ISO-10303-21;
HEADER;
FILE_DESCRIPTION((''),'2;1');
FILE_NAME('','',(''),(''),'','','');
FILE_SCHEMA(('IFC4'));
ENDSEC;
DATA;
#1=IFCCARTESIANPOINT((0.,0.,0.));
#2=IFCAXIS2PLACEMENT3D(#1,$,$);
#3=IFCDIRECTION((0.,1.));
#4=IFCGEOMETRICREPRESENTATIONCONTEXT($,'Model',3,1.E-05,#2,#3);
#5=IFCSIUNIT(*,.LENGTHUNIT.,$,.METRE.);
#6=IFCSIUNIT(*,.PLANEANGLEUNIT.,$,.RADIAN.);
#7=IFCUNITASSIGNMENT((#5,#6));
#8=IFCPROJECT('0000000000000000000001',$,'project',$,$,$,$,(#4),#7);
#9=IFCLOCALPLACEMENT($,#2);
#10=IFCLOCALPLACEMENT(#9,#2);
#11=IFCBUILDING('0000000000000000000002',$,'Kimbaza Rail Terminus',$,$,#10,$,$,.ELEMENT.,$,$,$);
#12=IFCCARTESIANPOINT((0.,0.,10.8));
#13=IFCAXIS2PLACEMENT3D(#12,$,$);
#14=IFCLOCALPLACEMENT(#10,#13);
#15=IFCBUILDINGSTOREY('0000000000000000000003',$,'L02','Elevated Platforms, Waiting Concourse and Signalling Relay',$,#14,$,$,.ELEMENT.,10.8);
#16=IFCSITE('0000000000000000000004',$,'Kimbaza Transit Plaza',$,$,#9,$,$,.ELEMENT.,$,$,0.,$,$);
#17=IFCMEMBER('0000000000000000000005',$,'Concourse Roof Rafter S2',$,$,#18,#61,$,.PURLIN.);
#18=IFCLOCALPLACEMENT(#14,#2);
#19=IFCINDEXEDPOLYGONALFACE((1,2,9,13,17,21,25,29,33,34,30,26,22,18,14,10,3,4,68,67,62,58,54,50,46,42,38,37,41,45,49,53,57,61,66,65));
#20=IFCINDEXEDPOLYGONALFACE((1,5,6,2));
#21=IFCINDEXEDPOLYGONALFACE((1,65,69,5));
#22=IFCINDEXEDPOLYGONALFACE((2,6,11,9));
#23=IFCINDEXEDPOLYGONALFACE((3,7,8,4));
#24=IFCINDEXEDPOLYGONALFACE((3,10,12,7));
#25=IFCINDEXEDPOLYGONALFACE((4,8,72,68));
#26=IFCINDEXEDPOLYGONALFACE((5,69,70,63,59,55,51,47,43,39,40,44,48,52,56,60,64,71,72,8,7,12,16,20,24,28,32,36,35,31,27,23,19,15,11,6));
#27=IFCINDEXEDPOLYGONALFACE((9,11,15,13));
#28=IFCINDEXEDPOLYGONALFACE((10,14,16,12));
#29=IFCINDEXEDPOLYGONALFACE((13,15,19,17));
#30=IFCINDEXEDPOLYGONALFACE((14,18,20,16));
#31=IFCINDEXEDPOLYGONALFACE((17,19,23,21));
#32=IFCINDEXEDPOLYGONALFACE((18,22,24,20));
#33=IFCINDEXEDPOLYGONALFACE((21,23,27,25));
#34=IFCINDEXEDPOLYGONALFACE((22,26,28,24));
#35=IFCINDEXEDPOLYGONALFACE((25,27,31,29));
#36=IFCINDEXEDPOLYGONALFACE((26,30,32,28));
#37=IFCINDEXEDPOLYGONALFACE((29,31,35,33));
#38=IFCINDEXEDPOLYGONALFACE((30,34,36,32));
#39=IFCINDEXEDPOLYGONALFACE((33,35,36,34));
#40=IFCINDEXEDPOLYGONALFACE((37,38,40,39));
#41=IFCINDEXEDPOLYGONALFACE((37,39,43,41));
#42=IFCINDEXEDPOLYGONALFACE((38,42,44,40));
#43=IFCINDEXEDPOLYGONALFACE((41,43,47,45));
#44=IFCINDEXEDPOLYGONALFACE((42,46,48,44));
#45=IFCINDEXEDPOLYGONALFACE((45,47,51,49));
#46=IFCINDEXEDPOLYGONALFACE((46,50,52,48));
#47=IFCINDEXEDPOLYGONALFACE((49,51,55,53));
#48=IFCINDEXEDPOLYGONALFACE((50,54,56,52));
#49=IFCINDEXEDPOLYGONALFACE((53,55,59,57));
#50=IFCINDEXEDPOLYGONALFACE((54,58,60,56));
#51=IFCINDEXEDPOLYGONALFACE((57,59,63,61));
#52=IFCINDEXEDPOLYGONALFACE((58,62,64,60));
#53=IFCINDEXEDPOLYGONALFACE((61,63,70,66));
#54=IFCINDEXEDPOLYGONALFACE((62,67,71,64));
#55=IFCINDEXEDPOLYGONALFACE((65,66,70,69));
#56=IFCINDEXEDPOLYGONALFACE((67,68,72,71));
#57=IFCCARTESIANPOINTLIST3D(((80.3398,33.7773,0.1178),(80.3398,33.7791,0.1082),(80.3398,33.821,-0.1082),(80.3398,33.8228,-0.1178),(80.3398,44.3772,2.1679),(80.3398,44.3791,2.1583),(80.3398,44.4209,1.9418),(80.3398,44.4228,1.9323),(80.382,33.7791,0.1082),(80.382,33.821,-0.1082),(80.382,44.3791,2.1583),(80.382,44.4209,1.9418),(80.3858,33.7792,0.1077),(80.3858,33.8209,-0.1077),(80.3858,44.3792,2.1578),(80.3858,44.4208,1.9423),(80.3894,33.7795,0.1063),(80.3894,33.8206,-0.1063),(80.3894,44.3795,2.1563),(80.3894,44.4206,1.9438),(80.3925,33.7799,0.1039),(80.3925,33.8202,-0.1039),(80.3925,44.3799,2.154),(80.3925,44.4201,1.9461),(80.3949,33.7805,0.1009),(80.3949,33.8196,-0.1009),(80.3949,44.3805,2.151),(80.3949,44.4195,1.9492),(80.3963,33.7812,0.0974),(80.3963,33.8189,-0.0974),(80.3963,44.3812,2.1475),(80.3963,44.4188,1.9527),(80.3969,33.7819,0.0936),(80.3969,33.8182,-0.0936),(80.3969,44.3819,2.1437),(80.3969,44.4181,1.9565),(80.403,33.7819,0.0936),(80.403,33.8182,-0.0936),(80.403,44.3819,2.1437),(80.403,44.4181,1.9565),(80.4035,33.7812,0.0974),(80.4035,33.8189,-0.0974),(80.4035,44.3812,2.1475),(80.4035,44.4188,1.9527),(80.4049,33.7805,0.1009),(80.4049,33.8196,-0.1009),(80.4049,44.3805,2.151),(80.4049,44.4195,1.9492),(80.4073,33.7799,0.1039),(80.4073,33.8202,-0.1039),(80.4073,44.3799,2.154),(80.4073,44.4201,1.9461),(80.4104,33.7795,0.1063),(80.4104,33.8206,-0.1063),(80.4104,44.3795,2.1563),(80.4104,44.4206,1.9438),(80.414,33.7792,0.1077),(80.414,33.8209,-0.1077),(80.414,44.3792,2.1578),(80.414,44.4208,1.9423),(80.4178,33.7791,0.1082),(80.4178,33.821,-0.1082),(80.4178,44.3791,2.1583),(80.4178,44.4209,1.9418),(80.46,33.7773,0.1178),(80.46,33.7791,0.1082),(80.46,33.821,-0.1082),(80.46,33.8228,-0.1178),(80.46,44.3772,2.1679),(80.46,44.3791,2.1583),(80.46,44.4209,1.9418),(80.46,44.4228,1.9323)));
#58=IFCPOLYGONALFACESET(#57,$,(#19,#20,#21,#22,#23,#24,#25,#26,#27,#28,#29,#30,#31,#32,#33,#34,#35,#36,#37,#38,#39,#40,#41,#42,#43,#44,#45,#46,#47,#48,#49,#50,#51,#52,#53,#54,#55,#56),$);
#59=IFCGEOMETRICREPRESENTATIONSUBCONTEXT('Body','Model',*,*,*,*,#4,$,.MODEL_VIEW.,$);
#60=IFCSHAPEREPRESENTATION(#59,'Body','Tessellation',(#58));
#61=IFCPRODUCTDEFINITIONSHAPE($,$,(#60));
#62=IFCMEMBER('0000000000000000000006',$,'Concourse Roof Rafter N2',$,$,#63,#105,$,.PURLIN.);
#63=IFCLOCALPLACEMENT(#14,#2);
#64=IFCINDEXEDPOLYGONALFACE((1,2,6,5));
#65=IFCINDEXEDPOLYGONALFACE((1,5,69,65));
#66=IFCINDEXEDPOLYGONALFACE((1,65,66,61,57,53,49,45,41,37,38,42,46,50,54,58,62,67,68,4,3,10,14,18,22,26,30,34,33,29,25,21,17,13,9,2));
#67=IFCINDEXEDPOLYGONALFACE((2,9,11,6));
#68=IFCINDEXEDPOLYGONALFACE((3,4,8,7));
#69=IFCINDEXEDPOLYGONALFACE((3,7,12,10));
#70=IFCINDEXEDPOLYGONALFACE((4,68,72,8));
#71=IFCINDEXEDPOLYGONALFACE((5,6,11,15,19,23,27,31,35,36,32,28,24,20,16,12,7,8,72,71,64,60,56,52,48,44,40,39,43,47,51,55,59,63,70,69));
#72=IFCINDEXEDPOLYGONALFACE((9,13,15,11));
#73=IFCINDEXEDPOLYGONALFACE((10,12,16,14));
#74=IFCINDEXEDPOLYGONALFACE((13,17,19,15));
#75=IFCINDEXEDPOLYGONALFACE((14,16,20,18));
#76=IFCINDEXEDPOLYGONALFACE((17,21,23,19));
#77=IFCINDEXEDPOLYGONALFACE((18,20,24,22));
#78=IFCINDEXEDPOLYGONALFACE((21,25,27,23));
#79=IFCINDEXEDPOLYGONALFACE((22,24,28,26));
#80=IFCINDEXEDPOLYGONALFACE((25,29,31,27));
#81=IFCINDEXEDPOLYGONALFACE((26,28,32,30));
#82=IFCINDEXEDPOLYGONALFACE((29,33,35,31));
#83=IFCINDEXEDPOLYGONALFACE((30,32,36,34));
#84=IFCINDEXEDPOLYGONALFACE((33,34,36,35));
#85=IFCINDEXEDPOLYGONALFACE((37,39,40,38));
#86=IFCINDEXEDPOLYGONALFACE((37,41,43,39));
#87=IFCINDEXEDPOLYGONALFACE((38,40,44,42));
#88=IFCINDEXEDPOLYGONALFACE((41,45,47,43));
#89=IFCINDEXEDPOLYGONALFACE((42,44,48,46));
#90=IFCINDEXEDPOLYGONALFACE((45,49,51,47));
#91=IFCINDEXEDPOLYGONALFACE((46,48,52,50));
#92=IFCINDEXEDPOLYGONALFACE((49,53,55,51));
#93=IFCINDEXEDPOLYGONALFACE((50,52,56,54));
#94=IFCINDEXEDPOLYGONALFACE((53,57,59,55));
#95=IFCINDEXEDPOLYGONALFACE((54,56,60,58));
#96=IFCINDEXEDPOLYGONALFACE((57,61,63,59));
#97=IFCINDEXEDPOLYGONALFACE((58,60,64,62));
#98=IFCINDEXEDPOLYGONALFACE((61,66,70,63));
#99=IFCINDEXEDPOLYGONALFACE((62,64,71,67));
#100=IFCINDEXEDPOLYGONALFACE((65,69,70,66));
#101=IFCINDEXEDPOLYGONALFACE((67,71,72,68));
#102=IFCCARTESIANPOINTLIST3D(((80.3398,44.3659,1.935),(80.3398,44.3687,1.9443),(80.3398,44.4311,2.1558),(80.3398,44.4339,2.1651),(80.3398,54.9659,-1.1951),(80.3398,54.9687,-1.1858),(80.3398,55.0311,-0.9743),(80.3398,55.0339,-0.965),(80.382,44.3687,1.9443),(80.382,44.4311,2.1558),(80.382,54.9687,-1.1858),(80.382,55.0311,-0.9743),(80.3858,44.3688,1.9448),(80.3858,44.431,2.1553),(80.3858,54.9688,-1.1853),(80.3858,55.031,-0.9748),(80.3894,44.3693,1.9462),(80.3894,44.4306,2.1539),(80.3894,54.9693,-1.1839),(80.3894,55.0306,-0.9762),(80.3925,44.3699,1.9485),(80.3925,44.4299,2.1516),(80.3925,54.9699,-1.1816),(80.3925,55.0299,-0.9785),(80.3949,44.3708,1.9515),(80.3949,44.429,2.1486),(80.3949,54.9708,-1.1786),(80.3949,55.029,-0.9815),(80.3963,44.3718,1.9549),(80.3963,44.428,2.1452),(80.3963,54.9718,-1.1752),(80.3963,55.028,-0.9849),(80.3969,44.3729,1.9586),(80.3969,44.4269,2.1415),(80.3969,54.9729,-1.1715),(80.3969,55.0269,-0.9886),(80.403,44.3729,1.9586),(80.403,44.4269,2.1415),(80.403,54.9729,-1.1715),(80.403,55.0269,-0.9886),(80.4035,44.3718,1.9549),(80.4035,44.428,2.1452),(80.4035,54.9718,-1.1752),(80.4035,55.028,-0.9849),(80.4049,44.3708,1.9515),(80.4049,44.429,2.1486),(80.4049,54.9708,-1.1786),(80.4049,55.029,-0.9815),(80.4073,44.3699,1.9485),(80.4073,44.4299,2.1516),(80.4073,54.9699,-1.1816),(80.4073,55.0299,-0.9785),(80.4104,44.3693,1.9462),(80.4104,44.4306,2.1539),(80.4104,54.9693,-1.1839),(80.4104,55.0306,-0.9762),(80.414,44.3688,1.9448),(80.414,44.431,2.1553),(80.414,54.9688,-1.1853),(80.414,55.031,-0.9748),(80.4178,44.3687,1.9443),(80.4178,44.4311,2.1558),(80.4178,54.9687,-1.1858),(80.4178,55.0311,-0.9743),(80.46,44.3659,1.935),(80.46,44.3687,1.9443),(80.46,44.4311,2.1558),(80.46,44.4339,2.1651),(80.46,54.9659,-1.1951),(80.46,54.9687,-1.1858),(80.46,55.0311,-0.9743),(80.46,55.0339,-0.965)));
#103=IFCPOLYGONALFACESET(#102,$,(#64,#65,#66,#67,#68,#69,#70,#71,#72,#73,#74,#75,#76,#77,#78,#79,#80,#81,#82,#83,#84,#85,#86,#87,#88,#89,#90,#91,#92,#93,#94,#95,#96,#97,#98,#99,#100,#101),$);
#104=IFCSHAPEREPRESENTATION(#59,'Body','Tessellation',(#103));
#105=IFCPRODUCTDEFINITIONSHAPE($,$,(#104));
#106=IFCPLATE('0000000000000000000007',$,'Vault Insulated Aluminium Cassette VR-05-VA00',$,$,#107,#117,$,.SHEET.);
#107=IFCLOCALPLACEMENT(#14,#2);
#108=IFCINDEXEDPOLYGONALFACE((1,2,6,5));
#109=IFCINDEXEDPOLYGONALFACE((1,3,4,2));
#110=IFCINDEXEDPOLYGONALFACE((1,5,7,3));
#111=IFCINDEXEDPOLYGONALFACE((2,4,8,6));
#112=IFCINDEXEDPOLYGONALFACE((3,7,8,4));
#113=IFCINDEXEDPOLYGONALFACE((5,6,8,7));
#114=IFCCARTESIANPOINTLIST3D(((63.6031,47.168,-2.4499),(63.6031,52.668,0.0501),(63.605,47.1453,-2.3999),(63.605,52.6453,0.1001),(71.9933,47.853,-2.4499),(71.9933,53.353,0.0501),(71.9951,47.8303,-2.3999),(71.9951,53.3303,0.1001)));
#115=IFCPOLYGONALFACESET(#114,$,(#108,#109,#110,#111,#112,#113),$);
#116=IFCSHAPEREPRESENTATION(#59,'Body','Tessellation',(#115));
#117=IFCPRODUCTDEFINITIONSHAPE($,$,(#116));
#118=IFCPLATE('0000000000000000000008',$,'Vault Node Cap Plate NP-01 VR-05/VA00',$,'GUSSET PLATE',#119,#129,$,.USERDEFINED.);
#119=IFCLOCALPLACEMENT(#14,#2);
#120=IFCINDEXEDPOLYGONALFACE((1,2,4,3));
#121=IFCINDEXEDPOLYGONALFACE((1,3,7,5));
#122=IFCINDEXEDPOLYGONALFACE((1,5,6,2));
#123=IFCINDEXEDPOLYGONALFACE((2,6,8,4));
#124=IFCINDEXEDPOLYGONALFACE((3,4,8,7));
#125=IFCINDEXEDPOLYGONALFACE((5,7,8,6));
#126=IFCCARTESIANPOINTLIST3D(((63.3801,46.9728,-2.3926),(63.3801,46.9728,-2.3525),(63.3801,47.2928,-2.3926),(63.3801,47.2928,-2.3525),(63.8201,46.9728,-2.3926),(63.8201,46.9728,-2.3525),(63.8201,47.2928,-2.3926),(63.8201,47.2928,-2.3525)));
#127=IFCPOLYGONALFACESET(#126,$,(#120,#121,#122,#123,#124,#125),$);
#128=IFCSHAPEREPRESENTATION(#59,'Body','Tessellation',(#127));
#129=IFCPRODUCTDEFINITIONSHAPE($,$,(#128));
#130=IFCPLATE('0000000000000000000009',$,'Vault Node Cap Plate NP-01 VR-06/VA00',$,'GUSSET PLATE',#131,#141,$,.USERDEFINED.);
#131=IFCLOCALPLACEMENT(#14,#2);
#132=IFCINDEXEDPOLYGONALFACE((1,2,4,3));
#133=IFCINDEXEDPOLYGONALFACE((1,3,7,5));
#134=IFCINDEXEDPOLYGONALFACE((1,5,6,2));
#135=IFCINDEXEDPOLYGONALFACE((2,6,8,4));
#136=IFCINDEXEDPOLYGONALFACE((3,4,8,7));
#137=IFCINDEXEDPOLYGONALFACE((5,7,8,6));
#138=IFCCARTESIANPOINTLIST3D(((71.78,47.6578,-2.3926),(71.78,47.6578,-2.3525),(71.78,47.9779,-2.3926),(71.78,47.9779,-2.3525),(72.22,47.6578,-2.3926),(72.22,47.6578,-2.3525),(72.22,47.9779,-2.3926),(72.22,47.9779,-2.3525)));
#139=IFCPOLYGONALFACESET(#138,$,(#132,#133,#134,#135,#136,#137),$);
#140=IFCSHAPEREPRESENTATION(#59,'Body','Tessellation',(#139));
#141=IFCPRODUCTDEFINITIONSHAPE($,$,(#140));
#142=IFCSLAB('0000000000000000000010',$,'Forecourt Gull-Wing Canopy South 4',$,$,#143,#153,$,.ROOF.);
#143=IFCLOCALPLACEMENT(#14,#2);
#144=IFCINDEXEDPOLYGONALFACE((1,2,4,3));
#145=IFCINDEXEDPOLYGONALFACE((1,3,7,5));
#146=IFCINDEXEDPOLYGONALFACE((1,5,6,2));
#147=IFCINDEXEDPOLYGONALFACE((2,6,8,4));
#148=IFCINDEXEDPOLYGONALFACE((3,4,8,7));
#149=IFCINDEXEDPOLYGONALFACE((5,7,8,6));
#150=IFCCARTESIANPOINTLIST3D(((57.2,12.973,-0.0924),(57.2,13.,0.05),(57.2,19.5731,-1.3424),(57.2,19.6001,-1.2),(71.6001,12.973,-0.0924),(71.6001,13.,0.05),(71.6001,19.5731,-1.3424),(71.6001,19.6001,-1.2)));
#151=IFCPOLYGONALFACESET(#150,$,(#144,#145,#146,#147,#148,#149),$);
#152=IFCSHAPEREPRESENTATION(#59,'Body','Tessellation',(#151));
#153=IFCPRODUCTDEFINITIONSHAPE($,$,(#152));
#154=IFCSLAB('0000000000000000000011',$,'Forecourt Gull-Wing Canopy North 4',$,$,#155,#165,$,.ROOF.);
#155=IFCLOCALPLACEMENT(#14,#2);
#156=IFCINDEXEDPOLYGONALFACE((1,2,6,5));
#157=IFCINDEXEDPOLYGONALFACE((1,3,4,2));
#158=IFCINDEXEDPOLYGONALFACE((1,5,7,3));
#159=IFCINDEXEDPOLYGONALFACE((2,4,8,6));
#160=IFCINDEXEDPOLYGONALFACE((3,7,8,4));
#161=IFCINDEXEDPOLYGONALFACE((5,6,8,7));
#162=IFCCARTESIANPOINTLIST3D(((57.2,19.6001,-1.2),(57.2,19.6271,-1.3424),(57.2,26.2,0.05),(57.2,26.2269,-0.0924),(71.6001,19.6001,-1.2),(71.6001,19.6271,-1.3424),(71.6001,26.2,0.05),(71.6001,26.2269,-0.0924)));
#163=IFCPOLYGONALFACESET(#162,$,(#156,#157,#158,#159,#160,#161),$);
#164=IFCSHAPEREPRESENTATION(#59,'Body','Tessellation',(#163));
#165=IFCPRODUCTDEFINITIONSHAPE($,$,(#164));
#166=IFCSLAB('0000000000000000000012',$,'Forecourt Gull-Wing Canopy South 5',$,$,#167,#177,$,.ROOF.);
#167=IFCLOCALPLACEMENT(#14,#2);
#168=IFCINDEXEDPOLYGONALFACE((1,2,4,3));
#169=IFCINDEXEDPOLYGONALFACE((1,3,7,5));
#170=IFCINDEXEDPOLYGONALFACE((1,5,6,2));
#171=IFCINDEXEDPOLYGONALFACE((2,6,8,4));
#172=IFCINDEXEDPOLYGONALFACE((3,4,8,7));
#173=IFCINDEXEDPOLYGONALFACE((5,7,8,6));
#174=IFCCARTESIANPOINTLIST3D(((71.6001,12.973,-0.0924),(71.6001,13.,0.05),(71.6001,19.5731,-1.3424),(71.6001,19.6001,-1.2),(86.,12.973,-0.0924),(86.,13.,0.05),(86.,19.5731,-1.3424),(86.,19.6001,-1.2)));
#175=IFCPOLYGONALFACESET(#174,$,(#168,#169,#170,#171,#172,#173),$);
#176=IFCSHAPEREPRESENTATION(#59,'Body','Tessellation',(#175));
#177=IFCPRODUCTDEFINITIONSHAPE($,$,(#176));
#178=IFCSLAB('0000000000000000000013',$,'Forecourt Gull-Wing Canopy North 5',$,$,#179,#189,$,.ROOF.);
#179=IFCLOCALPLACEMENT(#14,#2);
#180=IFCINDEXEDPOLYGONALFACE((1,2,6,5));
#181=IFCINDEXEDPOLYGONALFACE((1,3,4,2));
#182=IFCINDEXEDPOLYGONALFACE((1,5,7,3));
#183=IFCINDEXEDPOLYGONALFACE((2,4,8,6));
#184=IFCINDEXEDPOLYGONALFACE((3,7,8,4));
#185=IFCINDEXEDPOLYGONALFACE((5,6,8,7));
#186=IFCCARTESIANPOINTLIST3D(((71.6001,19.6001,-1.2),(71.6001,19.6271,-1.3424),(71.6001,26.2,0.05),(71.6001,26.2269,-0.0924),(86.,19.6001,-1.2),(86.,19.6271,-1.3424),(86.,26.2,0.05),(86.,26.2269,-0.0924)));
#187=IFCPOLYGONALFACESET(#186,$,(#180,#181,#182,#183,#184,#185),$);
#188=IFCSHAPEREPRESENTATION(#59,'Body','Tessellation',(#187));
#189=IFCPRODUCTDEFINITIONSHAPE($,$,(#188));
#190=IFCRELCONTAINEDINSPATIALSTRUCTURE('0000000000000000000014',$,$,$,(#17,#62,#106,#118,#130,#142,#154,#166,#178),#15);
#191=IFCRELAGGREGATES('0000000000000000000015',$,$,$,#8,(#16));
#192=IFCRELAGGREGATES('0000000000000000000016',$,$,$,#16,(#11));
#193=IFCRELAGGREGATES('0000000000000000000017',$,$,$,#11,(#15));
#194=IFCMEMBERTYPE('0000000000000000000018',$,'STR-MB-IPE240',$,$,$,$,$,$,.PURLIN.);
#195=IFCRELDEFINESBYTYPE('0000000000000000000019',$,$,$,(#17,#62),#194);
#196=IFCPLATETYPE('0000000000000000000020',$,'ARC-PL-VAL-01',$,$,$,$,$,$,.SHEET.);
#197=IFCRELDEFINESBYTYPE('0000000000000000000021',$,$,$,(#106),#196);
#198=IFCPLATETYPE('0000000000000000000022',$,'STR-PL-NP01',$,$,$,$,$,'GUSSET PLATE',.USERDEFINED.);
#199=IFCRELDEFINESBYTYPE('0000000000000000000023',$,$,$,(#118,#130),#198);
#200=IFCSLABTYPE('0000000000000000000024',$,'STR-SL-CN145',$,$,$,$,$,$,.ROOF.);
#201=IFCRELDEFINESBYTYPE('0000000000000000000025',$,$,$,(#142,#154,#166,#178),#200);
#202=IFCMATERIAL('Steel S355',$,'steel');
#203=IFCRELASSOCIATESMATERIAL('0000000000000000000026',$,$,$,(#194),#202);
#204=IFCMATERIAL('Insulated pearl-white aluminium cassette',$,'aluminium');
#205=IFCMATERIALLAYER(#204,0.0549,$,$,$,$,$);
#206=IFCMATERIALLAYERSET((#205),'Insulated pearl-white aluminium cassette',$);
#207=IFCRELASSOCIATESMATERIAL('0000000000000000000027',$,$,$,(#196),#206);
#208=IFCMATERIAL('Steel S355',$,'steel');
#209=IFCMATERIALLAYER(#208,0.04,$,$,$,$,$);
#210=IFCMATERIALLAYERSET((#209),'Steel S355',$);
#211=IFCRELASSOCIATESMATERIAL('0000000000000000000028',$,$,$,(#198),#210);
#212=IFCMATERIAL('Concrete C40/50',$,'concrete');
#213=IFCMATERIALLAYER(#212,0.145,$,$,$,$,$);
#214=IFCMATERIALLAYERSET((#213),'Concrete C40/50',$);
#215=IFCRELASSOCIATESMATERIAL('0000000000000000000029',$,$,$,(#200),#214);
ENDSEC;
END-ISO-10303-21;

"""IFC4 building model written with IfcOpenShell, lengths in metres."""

from ifc_helpers import new_model, si_unit, direction, frame, origin, origin_2d, place, context, subcontext, project, spatial, polyline, rectangle, i_section, outline, extrude, material, layer, layer_set, material_profile, profile_set, type_object, element, save


model = new_model("IFC4")

# Units and contexts
model_context = context("Model", 3, precision=1e-05, world=origin(), true_north=direction((0.0, 1.0)))
body_context = subcontext(model_context, "Body", "Model", "MODEL_VIEW")
ifc_project = project(units=[si_unit("LENGTHUNIT", "METRE"), si_unit("PLANEANGLEUNIT", "RADIAN")], contexts=[model_context])

# Site, building, storey
site_placement = place(None, origin())
site = spatial("IfcSite", under=ifc_project, at=site_placement, Name="Kimbaza Transit Plaza", CompositionType="ELEMENT", RefElevation=0.0)
building_placement = place(site_placement, origin())
building = spatial("IfcBuilding", under=site, at=building_placement, Name="Kimbaza Rail Terminus", CompositionType="ELEMENT")
storey_placement = place(building_placement, frame((0.0, 0.0, 10.8)))
storey = spatial("IfcBuildingStorey", under=building, at=storey_placement, Name="L02", Description="Elevated Platforms, Waiting Concourse and Signalling Relay", CompositionType="ELEMENT", Elevation=10.8)

# Members
ifc_material_1 = material(Name="Steel S355", Category="steel")
ifc_material_profile_1 = material_profile(ifc_material_1, i_section(OverallWidth=0.1201, OverallDepth=0.24, WebThickness=0.0061, FlangeThickness=0.0098, FilletRadius=0.0149, at=origin_2d()), Name="IPE 240")
ifc_profile_set_1 = profile_set([ifc_material_profile_1], Name="Steel S355")
member_type_1 = type_object("IfcMemberType", Name="STR-MB-IPE240", PredefinedType="PURLIN", material=ifc_profile_set_1)
member_1_placement = place(storey_placement, frame((80.3999, 33.8, 0.0), z_axis=(0.0, 0.981806, 0.189885), x_axis=(-1.0, 0.0, 0.0)))
element("IfcMember", 1, at=member_1_placement, inside=storey, type_object=member_type_1, Name="Concourse Roof Rafter S2", PredefinedType="PURLIN", context=body_context, shape_type="SweptSolid", body=[
    extrude(i_section(OverallWidth=0.1201, OverallDepth=0.24, WebThickness=0.0061, FlangeThickness=0.0098, FilletRadius=0.0149, at=origin_2d()), origin(), (0.0, 0.0, 1.0), 10.7964),
])
member_2_placement = place(storey_placement, frame((80.3999, 44.3999, 2.05), z_axis=(0.0, 0.95906, -0.283203), x_axis=(-1.0, 0.0, 0.0)))
element("IfcMember", 2, at=member_2_placement, inside=storey, type_object=member_type_1, Name="Concourse Roof Rafter N2", PredefinedType="PURLIN", context=body_context, shape_type="SweptSolid", body=[
    extrude(i_section(OverallWidth=0.1201, OverallDepth=0.24, WebThickness=0.0061, FlangeThickness=0.0098, FilletRadius=0.0149, at=origin_2d()), origin(), (0.0, 0.0, 1.0), 11.0525),
])

# Plates
ifc_material_2 = material(Name="Insulated pearl-white aluminium cassette", Category="aluminium")
ifc_layer_1 = layer(ifc_material_2, 0.0549)
ifc_layer_set_1 = layer_set([ifc_layer_1], Name="Insulated pearl-white aluminium cassette")
plate_type_1 = type_object("IfcPlateType", Name="ARC-PL-VAL-01", PredefinedType="SHEET", material=ifc_layer_set_1)
plate_placement = place(storey_placement, frame((63.605, 47.1453, -2.3999), z_axis=(0.033768, -0.413567, 0.909847), x_axis=(0.996683, 0.08138, 0.0)))
element("IfcPlate", 3, at=plate_placement, inside=storey, type_object=plate_type_1, Name="Vault Insulated Aluminium Cassette VR-05-VA00", PredefinedType="SHEET", context=body_context, shape_type="SweptSolid", body=[
    extrude(outline(polyline([(0.0, 0.0), (8.4181, 0.0), (8.8656, 6.0249), (0.4476, 6.0249), (0.0, 0.0)])), origin(), (0.0, 0.0, -1.0), 0.0549),
])
ifc_material_3 = material(Name="Steel S355", Category="steel")
ifc_layer_2 = layer(ifc_material_3, 0.04)
ifc_layer_set_2 = layer_set([ifc_layer_2], Name="Steel S355")
plate_type_2 = type_object("IfcPlateType", Name="STR-PL-NP01", ElementType="GUSSET PLATE", PredefinedType="USERDEFINED", material=ifc_layer_set_2)
for number, where, z_axis, x_axis, name in (
    (4, (63.6001, 47.1328, -2.3926), (0.0, 0.0, 1.0), (1.0, 0.0, 0.0), "Vault Node Cap Plate NP-01 VR-05/VA00"),
    (5, (72.0, 47.8179, -2.3926), (0.0, 0.0, 1.0), (1.0, 0.0, 0.0), "Vault Node Cap Plate NP-01 VR-06/VA00"),
):
    element("IfcPlate", number, at=place(storey_placement, frame(where, z_axis=z_axis, x_axis=x_axis)), inside=storey, type_object=plate_type_2, Name=name, ObjectType="GUSSET PLATE", PredefinedType="USERDEFINED", context=body_context, shape_type="SweptSolid", body=[
        extrude(rectangle(XDim=0.4399, YDim=0.3201, at=origin_2d()), origin(), (0.0, 0.0, 1.0), 0.04),
    ])

# Slabs
ifc_material_4 = material(Name="Concrete C40/50", Category="concrete")
ifc_layer_3 = layer(ifc_material_4, 0.145)
ifc_layer_set_3 = layer_set([ifc_layer_3], Name="Concrete C40/50")
slab_type_1 = type_object("IfcSlabType", Name="STR-SL-CN145", PredefinedType="ROOF", material=ifc_layer_set_3)
slab_1_placement = place(storey_placement, frame((57.2, 13.0, 0.05), z_axis=(0.0, 0.186083, 0.982534), x_axis=(1.0, 0.0, 0.0)))
element("IfcSlab", 6, at=slab_1_placement, inside=storey, type_object=slab_type_1, Name="Forecourt Gull-Wing Canopy South 4", PredefinedType="ROOF", context=body_context, shape_type="SweptSolid", body=[
    extrude(outline(polyline([(0.0, 0.0), (14.4001, 0.0), (14.4001, 6.7174), (0.0, 6.7174), (0.0, 0.0)])), origin(), (0.0, 0.0, -1.0), 0.145),
])
slab_2_placement = place(storey_placement, frame((57.2, 19.6001, -1.2), z_axis=(0.0, -0.18609, 0.982533), x_axis=(1.0, 0.0, 0.0)))
element("IfcSlab", 7, at=slab_2_placement, inside=storey, type_object=slab_type_1, Name="Forecourt Gull-Wing Canopy North 4", PredefinedType="ROOF", context=body_context, shape_type="SweptSolid", body=[
    extrude(outline(polyline([(0.0, 0.0), (14.4001, 0.0), (14.4001, 6.7172), (0.0, 6.7172), (0.0, 0.0)])), origin(), (0.0, 0.0, -1.0), 0.145),
])
slab_3_placement = place(storey_placement, frame((71.6001, 13.0, 0.05), z_axis=(0.0, 0.186083, 0.982534), x_axis=(1.0, 0.0, 0.0)))
element("IfcSlab", 8, at=slab_3_placement, inside=storey, type_object=slab_type_1, Name="Forecourt Gull-Wing Canopy South 5", PredefinedType="ROOF", context=body_context, shape_type="SweptSolid", body=[
    extrude(outline(polyline([(0.0, 0.0), (14.3999, 0.0), (14.3999, 6.7174), (0.0, 6.7174), (0.0, 0.0)])), origin(), (0.0, 0.0, -1.0), 0.145),
])
slab_4_placement = place(storey_placement, frame((71.6001, 19.6001, -1.2), z_axis=(0.0, -0.18609, 0.982533), x_axis=(1.0, 0.0, 0.0)))
element("IfcSlab", 9, at=slab_4_placement, inside=storey, type_object=slab_type_1, Name="Forecourt Gull-Wing Canopy North 5", PredefinedType="ROOF", context=body_context, shape_type="SweptSolid", body=[
    extrude(outline(polyline([(0.0, 0.0), (14.3999, 0.0), (14.3999, 6.7172), (0.0, 6.7172), (0.0, 0.0)])), origin(), (0.0, 0.0, -1.0), 0.145),
])

save(model, "model.ifc")
